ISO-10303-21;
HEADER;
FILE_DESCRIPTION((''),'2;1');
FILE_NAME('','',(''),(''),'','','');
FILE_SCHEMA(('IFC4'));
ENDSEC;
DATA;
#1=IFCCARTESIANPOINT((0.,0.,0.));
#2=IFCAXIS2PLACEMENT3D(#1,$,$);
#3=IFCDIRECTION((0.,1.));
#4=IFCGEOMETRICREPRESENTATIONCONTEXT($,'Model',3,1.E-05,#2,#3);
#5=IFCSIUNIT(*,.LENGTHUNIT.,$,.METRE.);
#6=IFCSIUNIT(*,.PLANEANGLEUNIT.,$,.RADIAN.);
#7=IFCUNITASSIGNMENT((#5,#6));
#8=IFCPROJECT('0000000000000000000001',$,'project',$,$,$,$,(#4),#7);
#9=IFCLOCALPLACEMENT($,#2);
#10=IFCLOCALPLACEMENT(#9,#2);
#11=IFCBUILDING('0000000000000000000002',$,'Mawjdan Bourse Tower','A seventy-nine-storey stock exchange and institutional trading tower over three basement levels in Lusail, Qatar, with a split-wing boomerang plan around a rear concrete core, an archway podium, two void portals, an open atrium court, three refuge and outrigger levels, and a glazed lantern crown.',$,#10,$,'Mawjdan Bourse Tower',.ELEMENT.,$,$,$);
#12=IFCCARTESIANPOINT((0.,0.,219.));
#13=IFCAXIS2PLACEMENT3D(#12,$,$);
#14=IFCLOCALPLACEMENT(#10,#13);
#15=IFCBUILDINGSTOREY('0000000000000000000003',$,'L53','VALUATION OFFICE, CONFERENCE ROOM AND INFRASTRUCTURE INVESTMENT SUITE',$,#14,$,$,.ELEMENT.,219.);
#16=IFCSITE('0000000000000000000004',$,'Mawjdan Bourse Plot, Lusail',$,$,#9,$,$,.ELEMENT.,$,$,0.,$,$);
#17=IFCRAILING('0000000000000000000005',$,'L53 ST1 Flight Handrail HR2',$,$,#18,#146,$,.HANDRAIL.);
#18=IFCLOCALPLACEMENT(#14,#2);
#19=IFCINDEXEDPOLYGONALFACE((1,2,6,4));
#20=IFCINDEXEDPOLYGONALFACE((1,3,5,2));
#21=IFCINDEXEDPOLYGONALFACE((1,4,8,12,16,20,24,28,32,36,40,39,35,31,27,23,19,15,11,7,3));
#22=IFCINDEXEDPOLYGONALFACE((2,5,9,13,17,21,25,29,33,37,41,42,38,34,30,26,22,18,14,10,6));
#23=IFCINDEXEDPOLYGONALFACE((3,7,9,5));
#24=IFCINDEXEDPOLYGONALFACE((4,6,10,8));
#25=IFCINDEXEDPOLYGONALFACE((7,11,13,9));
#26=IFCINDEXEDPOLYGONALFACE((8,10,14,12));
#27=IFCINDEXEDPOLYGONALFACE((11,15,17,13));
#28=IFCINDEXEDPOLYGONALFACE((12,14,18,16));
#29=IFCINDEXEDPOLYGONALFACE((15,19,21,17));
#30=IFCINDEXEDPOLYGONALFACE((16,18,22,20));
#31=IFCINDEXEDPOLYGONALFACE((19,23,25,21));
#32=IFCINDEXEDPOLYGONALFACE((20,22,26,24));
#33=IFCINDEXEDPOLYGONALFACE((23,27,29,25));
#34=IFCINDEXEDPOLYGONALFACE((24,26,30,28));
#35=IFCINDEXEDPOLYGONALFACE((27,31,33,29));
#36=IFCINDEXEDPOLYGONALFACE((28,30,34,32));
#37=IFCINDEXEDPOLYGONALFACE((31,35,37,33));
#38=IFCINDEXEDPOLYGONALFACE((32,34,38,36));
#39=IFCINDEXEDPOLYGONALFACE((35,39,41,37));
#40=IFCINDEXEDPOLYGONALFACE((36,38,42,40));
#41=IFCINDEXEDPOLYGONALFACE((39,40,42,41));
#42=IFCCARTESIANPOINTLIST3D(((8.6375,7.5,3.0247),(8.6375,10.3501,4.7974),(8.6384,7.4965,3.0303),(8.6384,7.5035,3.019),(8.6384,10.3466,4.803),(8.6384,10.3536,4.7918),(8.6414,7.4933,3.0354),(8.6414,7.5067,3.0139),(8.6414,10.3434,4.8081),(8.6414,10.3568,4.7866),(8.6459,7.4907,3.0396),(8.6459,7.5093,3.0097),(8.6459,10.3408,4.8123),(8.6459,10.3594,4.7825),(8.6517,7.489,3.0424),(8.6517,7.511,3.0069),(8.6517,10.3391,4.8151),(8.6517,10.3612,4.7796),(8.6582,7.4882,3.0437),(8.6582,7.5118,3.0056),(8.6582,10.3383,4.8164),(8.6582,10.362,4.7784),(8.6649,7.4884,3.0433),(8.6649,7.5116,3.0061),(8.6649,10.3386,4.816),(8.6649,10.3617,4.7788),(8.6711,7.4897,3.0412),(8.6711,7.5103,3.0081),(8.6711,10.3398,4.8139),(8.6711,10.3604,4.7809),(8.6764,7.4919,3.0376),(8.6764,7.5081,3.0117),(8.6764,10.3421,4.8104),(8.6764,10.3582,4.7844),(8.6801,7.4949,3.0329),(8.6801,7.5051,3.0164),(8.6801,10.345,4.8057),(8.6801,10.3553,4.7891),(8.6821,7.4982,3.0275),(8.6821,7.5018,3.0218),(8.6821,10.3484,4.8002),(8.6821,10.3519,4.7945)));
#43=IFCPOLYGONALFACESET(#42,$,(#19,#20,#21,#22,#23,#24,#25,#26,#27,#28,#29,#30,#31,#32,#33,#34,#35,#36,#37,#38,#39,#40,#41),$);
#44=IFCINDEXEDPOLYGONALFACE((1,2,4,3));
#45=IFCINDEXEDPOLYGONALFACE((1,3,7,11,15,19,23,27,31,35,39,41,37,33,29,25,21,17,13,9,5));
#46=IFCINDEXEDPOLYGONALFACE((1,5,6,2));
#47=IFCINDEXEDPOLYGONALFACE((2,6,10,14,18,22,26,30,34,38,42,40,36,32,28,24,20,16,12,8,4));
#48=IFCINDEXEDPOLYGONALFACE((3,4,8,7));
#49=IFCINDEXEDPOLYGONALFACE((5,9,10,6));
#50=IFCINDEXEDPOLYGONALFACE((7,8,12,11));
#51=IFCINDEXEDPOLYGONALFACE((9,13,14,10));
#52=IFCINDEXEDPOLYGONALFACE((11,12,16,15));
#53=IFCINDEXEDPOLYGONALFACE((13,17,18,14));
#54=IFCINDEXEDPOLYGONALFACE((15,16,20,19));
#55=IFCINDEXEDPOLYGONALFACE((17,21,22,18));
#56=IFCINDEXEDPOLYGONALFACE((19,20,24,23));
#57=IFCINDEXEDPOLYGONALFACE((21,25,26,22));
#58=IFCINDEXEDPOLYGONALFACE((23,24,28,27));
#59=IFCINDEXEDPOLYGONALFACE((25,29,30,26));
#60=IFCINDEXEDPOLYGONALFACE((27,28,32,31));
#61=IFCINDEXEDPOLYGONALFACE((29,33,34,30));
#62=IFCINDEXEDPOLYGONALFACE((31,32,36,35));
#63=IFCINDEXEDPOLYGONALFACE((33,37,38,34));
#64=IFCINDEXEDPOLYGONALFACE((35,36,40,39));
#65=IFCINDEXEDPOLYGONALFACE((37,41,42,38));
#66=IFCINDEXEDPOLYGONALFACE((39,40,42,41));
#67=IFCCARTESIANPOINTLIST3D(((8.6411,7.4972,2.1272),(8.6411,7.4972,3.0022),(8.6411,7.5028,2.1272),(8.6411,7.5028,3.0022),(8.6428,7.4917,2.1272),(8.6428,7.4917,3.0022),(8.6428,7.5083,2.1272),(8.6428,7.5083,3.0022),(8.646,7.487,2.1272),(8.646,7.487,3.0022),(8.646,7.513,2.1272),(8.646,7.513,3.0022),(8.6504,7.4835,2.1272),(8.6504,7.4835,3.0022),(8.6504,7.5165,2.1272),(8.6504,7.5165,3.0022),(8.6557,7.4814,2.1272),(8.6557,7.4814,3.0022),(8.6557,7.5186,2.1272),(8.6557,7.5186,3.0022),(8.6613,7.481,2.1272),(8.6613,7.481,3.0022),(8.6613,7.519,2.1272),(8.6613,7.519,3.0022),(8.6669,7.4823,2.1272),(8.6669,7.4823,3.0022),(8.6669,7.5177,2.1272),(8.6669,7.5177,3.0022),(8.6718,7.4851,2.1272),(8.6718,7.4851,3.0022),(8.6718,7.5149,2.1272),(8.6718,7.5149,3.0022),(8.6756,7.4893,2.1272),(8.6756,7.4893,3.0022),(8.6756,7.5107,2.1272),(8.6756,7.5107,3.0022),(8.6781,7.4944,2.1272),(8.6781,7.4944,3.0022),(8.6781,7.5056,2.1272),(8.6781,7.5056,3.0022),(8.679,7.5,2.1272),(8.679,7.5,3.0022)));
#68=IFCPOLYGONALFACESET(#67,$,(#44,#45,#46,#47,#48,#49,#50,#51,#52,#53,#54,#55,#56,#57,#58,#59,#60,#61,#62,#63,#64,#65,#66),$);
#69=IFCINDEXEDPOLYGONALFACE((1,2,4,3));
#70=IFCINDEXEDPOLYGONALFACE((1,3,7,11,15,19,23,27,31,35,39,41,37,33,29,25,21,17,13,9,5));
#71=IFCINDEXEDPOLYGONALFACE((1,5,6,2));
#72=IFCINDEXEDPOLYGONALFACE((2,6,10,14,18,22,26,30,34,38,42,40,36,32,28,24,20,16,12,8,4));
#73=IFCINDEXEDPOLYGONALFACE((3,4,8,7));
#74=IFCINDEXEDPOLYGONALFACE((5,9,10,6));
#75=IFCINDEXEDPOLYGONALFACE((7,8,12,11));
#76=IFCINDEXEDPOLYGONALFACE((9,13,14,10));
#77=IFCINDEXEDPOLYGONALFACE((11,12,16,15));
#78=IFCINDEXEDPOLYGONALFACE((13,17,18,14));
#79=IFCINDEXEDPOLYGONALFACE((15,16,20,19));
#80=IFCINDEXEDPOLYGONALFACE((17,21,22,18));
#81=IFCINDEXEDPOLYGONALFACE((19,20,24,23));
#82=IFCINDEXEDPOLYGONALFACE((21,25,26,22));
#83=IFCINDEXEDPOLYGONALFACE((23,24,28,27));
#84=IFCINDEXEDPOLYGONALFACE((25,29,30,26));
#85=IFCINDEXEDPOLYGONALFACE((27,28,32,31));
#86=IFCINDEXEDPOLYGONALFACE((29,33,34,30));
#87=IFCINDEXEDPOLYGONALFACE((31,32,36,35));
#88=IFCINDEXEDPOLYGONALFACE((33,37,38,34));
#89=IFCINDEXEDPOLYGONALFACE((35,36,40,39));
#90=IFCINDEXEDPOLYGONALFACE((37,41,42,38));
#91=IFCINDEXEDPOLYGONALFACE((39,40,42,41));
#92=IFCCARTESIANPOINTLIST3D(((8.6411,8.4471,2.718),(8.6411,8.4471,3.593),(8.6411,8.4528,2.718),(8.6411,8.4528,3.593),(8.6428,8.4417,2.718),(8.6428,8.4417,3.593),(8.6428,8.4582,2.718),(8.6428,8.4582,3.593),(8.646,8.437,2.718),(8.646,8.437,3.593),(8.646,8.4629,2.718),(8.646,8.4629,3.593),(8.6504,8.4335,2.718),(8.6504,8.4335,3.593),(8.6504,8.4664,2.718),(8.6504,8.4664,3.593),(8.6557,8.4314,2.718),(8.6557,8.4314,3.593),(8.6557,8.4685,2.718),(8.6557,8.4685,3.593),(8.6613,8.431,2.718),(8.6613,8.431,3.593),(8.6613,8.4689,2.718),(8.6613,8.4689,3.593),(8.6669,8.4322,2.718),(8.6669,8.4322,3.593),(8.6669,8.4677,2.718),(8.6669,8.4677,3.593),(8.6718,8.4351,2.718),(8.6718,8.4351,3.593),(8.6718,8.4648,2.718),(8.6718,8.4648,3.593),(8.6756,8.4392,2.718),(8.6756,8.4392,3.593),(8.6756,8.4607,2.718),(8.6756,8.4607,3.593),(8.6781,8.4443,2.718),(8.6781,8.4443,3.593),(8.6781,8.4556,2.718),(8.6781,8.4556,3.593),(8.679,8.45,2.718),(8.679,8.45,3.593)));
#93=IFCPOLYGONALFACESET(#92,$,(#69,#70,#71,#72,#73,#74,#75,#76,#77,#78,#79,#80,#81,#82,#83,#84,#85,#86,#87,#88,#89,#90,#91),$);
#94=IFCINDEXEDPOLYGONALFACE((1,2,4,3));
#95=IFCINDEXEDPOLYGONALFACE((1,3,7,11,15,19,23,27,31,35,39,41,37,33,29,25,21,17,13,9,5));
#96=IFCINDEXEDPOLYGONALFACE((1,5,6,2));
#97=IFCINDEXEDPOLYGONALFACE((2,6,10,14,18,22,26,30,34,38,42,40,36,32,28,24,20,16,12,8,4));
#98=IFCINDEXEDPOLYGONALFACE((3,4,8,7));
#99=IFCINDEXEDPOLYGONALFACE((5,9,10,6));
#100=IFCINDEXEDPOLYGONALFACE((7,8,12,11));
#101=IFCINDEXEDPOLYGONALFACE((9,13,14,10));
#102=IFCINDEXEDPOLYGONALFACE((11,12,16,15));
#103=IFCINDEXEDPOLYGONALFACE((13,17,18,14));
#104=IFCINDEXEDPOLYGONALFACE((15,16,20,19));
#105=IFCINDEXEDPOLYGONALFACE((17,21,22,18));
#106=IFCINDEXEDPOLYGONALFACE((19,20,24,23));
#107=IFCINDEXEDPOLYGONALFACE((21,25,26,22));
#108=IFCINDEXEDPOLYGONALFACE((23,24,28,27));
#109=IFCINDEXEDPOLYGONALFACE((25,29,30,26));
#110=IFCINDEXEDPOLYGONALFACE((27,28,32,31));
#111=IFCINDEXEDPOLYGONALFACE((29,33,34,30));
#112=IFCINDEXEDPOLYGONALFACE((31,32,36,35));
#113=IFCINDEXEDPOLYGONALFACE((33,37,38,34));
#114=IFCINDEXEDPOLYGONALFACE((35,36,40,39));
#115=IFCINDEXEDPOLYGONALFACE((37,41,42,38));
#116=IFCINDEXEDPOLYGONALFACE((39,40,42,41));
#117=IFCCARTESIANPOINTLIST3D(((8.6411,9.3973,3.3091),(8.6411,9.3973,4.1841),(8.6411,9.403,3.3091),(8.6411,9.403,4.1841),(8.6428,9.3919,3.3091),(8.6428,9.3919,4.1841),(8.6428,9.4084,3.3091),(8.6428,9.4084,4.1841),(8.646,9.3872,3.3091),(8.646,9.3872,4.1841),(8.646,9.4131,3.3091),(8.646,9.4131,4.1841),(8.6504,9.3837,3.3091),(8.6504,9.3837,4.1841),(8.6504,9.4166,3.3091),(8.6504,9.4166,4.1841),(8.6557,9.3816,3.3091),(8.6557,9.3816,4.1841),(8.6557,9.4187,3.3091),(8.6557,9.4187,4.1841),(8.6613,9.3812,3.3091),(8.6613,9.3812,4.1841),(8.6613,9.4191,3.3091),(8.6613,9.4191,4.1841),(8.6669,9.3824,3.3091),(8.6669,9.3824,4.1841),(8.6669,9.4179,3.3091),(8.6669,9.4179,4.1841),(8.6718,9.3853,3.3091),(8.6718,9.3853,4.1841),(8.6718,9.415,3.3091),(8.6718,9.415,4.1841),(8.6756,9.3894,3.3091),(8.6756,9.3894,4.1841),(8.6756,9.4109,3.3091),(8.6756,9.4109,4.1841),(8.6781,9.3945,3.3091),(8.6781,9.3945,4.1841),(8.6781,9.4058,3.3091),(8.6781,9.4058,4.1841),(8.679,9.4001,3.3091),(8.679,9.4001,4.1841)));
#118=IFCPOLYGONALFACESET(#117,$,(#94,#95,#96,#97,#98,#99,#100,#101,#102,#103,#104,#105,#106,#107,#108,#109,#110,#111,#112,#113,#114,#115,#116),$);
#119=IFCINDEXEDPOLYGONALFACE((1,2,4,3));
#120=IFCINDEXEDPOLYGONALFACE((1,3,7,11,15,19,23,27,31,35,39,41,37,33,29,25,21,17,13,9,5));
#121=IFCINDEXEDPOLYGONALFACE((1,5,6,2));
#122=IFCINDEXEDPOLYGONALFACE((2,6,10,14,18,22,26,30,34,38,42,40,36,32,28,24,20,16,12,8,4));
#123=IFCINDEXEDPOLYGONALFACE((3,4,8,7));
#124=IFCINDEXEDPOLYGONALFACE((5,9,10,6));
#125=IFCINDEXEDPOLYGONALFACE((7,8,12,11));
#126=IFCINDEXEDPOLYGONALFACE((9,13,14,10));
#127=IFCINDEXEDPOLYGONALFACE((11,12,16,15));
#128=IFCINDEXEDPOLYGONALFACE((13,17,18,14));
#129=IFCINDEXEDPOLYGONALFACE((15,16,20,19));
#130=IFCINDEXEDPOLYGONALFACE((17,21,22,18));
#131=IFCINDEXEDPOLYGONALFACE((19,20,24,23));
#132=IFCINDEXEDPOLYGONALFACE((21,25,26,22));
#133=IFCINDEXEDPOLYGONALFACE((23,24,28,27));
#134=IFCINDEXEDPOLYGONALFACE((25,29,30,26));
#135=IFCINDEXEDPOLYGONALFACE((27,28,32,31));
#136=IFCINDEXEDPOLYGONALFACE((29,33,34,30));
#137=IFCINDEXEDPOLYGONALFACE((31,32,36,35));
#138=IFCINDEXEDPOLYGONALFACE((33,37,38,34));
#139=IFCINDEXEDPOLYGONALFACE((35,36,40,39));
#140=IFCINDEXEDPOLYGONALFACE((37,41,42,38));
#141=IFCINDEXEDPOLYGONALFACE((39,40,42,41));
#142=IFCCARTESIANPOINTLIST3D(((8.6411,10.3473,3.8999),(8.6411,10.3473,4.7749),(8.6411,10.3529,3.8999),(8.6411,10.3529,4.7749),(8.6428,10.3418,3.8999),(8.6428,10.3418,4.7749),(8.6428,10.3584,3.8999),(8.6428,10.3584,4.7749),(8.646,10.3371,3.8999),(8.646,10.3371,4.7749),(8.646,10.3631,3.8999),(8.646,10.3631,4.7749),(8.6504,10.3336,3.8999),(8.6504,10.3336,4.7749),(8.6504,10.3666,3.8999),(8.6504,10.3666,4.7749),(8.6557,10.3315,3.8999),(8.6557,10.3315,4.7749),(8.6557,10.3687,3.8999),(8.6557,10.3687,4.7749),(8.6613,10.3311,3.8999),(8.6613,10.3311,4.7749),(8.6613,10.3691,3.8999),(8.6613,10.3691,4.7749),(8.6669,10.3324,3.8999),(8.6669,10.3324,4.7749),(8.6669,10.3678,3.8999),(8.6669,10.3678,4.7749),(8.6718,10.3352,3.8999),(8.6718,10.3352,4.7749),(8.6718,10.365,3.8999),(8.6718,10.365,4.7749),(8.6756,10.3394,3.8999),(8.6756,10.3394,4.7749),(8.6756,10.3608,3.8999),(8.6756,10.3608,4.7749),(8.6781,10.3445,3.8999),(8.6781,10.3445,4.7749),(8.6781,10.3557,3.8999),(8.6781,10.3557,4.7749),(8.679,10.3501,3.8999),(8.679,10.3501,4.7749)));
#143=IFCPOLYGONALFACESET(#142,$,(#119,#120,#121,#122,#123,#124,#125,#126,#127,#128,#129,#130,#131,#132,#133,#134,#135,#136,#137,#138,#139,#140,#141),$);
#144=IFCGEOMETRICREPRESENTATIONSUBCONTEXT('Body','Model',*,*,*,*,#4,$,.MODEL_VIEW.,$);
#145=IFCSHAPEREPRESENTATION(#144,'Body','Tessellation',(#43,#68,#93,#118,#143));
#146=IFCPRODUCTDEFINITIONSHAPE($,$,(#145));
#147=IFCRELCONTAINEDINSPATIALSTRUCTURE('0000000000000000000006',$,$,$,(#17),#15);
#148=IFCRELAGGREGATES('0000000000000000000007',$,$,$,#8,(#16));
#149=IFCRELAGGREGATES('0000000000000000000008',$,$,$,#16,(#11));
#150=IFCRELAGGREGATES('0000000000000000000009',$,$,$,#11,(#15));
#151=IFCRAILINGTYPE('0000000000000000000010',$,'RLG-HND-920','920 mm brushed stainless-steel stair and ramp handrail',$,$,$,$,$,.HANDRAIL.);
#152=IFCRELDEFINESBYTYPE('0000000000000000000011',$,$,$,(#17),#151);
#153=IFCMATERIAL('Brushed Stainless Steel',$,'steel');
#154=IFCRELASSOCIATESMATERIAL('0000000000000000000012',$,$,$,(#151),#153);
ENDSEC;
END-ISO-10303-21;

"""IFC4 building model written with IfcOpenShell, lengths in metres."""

from ifc_helpers import new_model, si_unit, direction, frame, origin, origin_2d, place, context, subcontext, project, spatial, circle, extrude, material, type_object, element, save


model = new_model("IFC4")

# Units and contexts
model_context = context("Model", 3, precision=1e-05, world=origin(), true_north=direction((0.0, 1.0)))
body_context = subcontext(model_context, "Body", "Model", "MODEL_VIEW")
ifc_project = project(units=[si_unit("LENGTHUNIT", "METRE"), si_unit("PLANEANGLEUNIT", "RADIAN")], contexts=[model_context])

# Site, building, storey
site_placement = place(None, origin())
site = spatial("IfcSite", under=ifc_project, at=site_placement, Name="Mawjdan Bourse Plot, Lusail", CompositionType="ELEMENT", RefElevation=0.0)
building_placement = place(site_placement, origin())
building = spatial("IfcBuilding", under=site, at=building_placement, Name="Mawjdan Bourse Tower", Description="A seventy-nine-storey stock exchange and institutional trading tower over three basement levels in Lusail, Qatar, with a split-wing boomerang plan around a rear concrete core, an archway podium, two void portals, an open atrium court, three refuge and outrigger levels, and a glazed lantern crown.", LongName="Mawjdan Bourse Tower", CompositionType="ELEMENT")
storey_placement = place(building_placement, frame((0.0, 0.0, 219.0)))
storey = spatial("IfcBuildingStorey", under=building, at=storey_placement, Name="L53", Description="VALUATION OFFICE, CONFERENCE ROOM AND INFRASTRUCTURE INVESTMENT SUITE", CompositionType="ELEMENT", Elevation=219.0)

# Railing
ifc_material_1 = material(Name="Brushed Stainless Steel", Category="steel")
railing_type_1 = type_object("IfcRailingType", Name="RLG-HND-920", Description="920 mm brushed stainless-steel stair and ramp handrail", PredefinedType="HANDRAIL", material=ifc_material_1)
railing_1_placement = place(storey_placement, frame((8.6599, 7.5, 2.1272)))
element("IfcRailing", 1, at=railing_1_placement, inside=storey, type_object=railing_type_1, Name="L53 ST1 Flight Handrail HR2", PredefinedType="HANDRAIL", context=body_context, shape_type="SweptSolid", body=[
    extrude(circle(Radius=0.0225, at=origin_2d()), frame((0.0, 0.0, 0.8975), z_axis=(0.0, 0.849149, 0.528154), x_axis=(-1.0, 0.0, 0.0)), (0.0, 0.0, 1.0), 3.3564),
    extrude(circle(Radius=0.019, at=origin_2d()), origin(), (0.0, 0.0, 1.0), 0.875),
    extrude(circle(Radius=0.019, at=origin_2d()), frame((0.0, 0.95, 0.5908)), (0.0, 0.0, 1.0), 0.875),
    extrude(circle(Radius=0.019, at=origin_2d()), frame((0.0, 1.9001, 1.1819)), (0.0, 0.0, 1.0), 0.875),
    extrude(circle(Radius=0.019, at=origin_2d()), frame((0.0, 2.8501, 1.7727)), (0.0, 0.0, 1.0), 0.875),
])

save(model, "model.ifc")
